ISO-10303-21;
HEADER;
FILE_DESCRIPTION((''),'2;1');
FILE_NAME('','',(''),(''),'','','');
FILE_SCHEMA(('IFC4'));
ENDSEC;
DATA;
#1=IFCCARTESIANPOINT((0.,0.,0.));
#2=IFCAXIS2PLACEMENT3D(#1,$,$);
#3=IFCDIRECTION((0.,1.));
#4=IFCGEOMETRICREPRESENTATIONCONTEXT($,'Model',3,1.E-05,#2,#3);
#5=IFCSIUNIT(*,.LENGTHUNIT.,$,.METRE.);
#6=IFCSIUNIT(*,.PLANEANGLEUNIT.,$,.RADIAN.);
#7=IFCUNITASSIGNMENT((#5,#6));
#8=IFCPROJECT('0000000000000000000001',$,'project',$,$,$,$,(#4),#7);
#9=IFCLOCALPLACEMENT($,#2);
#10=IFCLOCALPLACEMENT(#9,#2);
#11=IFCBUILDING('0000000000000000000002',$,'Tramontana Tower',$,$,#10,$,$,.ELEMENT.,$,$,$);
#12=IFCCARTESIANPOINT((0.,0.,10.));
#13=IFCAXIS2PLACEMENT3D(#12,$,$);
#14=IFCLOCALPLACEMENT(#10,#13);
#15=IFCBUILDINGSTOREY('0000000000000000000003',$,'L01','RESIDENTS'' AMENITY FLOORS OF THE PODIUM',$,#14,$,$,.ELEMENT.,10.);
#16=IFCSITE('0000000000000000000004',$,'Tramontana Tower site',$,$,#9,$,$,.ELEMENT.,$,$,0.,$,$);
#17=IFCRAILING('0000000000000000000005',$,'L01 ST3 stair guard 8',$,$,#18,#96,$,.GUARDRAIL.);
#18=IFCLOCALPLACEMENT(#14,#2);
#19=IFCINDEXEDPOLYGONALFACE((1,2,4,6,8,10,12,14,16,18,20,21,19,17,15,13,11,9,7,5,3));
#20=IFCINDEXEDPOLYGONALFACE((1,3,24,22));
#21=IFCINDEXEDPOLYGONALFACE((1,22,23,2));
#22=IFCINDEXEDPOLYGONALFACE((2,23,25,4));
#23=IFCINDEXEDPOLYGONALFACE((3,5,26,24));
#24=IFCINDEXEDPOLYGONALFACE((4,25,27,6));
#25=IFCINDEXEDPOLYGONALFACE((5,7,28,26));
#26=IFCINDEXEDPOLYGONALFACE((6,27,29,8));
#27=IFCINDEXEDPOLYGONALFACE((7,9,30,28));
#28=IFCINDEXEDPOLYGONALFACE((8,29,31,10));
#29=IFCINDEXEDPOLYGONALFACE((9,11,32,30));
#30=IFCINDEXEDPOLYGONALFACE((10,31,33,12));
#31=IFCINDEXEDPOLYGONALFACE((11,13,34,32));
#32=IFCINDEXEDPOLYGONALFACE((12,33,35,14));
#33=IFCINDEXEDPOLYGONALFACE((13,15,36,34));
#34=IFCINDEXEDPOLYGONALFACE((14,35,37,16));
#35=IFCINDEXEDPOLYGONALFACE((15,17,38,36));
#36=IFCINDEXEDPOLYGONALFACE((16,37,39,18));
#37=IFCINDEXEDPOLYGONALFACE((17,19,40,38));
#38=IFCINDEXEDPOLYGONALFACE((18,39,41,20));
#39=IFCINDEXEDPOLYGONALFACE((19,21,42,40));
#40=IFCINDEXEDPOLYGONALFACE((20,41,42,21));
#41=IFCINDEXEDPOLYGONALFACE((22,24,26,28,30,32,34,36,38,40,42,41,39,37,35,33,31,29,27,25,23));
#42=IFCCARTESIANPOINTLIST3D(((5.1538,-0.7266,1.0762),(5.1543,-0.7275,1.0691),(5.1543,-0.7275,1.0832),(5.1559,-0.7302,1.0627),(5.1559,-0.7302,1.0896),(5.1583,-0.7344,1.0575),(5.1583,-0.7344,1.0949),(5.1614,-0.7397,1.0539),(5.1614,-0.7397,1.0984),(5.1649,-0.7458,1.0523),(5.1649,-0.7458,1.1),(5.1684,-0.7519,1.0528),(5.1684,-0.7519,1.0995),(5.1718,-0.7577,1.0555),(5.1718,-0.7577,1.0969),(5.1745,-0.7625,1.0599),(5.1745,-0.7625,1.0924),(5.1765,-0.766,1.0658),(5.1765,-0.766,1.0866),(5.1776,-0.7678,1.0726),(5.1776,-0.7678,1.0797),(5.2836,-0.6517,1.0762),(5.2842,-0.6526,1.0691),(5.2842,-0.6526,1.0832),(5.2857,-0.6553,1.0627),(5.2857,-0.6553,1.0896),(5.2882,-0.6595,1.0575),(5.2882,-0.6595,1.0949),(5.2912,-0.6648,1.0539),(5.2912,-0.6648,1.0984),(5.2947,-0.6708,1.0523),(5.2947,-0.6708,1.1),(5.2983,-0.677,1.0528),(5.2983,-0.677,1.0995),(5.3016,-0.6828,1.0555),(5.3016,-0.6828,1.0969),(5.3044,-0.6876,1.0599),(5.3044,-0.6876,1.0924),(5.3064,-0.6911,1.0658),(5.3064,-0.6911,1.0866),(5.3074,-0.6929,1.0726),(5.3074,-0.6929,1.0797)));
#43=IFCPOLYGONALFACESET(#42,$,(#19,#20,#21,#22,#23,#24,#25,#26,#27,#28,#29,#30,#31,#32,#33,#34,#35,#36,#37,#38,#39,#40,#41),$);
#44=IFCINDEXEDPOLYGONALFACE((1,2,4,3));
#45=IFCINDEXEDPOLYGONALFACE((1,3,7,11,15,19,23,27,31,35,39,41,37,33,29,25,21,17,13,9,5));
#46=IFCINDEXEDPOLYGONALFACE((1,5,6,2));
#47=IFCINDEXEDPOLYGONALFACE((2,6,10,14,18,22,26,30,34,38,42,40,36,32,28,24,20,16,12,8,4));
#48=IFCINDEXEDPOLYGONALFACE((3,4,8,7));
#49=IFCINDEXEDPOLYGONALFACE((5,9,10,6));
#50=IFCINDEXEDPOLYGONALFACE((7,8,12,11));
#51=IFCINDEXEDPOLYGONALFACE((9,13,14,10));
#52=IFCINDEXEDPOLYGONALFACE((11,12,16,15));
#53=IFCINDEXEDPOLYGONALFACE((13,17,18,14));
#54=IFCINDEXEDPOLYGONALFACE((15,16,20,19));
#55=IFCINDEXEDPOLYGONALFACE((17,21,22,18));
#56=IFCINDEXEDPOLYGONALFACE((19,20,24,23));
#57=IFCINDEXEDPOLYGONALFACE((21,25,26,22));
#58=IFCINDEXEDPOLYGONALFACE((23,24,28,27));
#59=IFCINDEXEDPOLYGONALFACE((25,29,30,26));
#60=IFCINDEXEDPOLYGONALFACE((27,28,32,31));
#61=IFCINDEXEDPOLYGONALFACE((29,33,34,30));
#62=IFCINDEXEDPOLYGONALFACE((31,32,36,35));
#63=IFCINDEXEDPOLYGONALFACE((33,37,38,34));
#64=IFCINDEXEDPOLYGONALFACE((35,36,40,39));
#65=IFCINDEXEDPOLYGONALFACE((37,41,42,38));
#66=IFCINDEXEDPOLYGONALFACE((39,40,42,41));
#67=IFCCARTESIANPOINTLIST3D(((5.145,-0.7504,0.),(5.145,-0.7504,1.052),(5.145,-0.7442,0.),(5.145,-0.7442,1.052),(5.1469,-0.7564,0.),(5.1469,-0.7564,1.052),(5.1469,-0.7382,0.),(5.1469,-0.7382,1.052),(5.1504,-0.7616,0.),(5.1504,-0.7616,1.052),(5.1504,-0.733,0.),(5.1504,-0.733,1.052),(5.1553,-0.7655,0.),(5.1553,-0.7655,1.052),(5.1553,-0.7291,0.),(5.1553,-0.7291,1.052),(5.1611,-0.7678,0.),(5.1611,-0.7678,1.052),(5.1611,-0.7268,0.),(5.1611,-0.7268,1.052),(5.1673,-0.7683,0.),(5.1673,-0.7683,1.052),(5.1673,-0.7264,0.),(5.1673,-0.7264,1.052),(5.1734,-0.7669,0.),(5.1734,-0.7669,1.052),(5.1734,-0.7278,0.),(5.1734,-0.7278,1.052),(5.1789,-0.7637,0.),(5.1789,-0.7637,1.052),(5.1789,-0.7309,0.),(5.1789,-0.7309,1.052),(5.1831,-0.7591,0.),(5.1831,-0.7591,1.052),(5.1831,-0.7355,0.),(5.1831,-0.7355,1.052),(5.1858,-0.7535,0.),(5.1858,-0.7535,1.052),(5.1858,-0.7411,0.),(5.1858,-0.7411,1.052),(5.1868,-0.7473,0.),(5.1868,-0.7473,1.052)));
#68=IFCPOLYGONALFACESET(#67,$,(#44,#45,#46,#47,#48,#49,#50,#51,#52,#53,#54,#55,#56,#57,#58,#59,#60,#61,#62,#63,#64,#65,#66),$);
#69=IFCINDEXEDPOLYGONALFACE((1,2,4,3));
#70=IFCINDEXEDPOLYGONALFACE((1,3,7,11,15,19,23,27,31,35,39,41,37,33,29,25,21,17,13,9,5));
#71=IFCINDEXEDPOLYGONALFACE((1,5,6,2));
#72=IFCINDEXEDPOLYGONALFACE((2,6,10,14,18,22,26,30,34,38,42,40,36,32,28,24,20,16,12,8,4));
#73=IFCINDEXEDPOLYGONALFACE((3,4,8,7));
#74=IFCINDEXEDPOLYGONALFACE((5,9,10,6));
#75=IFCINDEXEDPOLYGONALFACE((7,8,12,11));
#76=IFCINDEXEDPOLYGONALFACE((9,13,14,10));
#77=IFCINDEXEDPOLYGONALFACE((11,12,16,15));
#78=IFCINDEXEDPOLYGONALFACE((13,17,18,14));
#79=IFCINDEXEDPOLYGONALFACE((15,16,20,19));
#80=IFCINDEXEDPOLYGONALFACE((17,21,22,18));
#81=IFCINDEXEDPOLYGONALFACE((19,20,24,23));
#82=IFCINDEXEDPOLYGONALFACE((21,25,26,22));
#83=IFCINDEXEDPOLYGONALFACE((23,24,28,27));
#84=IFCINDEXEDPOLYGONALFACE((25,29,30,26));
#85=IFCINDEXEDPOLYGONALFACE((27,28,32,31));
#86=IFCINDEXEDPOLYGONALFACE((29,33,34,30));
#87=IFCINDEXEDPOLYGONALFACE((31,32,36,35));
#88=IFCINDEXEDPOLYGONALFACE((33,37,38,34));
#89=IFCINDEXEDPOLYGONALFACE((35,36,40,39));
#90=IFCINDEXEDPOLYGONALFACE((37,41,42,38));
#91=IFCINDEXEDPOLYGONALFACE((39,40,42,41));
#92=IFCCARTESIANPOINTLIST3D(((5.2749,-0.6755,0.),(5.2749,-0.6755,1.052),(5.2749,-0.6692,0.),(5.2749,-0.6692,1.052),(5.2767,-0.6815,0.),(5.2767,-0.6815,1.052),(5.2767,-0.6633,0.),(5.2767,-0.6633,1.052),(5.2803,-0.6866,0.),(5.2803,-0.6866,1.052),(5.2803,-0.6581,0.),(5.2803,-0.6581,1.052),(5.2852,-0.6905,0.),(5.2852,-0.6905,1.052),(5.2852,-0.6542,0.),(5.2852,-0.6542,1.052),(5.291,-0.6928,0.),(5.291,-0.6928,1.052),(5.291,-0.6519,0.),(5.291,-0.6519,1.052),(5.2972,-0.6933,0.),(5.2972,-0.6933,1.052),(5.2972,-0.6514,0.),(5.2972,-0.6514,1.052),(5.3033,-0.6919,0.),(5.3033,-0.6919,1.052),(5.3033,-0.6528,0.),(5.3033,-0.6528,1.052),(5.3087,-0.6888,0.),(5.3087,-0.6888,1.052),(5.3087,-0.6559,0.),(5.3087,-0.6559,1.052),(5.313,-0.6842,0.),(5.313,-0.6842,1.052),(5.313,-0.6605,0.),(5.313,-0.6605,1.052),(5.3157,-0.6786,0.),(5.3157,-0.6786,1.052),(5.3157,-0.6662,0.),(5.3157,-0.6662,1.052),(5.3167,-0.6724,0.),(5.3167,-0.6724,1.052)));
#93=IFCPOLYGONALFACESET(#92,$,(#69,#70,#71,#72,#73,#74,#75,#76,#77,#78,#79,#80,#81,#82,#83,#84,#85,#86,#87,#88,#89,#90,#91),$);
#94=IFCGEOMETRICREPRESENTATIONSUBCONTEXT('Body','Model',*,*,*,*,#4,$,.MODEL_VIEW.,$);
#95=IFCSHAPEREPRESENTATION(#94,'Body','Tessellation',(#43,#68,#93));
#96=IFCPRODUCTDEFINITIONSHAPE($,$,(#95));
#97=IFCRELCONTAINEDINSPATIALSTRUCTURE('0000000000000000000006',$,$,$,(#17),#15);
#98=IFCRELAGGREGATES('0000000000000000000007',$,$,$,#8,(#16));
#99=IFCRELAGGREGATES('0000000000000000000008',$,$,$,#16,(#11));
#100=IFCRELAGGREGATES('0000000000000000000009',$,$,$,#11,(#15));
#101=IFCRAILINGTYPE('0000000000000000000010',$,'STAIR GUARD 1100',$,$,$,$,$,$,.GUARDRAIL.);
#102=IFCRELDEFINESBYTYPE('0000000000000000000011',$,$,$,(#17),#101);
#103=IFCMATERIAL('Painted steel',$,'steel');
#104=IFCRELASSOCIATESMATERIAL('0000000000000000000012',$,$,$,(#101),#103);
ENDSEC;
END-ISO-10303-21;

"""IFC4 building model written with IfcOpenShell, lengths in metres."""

from ifc_helpers import new_model, si_unit, direction, frame, origin, origin_2d, place, context, subcontext, project, spatial, circle, extrude, material, type_object, element, save


model = new_model("IFC4")

# Units and contexts
model_context = context("Model", 3, precision=1e-05, world=origin(), true_north=direction((0.0, 1.0)))
body_context = subcontext(model_context, "Body", "Model", "MODEL_VIEW")
ifc_project = project(units=[si_unit("LENGTHUNIT", "METRE"), si_unit("PLANEANGLEUNIT", "RADIAN")], contexts=[model_context])

# Site, building, storey
site_placement = place(None, origin())
site = spatial("IfcSite", under=ifc_project, at=site_placement, Name="Tramontana Tower site", CompositionType="ELEMENT", RefElevation=0.0)
building_placement = place(site_placement, origin())
building = spatial("IfcBuilding", under=site, at=building_placement, Name="Tramontana Tower", CompositionType="ELEMENT")
storey_placement = place(building_placement, frame((0.0, 0.0, 10.0)))
storey = spatial("IfcBuildingStorey", under=building, at=storey_placement, Name="L01", Description="RESIDENTS' AMENITY FLOORS OF THE PODIUM", CompositionType="ELEMENT", Elevation=10.0)

# Railing
ifc_material_1 = material(Name="Painted steel", Category="steel")
railing_type = type_object("IfcRailingType", Name="STAIR GUARD 1100", PredefinedType="GUARDRAIL", material=ifc_material_1)
for number, where, name in (
    (1, (5.1658, -0.7473, 0.0), "L01 ST3 stair guard 8"),
):
    element("IfcRailing", number, at=place(storey_placement, frame(where)), inside=storey, type_object=railing_type, Name=name, PredefinedType="GUARDRAIL", context=body_context, shape_type="SweptSolid", body=[
        extrude(circle(Radius=0.0239, at=origin_2d()), frame((0.0, 0.0, 1.0762), z_axis=(0.866131, 0.499816, 0.0), x_axis=(-0.499816, 0.866131, 0.0)), (0.0, 0.0, 1.0), 0.1499),
        extrude(circle(Radius=0.021, at=origin_2d()), origin(), (0.0, 0.0, 1.0), 1.052),
        extrude(circle(Radius=0.021, at=origin_2d()), frame((0.1299, 0.075, 0.0)), (0.0, 0.0, 1.0), 1.052),
    ])

save(model, "model.ifc")
